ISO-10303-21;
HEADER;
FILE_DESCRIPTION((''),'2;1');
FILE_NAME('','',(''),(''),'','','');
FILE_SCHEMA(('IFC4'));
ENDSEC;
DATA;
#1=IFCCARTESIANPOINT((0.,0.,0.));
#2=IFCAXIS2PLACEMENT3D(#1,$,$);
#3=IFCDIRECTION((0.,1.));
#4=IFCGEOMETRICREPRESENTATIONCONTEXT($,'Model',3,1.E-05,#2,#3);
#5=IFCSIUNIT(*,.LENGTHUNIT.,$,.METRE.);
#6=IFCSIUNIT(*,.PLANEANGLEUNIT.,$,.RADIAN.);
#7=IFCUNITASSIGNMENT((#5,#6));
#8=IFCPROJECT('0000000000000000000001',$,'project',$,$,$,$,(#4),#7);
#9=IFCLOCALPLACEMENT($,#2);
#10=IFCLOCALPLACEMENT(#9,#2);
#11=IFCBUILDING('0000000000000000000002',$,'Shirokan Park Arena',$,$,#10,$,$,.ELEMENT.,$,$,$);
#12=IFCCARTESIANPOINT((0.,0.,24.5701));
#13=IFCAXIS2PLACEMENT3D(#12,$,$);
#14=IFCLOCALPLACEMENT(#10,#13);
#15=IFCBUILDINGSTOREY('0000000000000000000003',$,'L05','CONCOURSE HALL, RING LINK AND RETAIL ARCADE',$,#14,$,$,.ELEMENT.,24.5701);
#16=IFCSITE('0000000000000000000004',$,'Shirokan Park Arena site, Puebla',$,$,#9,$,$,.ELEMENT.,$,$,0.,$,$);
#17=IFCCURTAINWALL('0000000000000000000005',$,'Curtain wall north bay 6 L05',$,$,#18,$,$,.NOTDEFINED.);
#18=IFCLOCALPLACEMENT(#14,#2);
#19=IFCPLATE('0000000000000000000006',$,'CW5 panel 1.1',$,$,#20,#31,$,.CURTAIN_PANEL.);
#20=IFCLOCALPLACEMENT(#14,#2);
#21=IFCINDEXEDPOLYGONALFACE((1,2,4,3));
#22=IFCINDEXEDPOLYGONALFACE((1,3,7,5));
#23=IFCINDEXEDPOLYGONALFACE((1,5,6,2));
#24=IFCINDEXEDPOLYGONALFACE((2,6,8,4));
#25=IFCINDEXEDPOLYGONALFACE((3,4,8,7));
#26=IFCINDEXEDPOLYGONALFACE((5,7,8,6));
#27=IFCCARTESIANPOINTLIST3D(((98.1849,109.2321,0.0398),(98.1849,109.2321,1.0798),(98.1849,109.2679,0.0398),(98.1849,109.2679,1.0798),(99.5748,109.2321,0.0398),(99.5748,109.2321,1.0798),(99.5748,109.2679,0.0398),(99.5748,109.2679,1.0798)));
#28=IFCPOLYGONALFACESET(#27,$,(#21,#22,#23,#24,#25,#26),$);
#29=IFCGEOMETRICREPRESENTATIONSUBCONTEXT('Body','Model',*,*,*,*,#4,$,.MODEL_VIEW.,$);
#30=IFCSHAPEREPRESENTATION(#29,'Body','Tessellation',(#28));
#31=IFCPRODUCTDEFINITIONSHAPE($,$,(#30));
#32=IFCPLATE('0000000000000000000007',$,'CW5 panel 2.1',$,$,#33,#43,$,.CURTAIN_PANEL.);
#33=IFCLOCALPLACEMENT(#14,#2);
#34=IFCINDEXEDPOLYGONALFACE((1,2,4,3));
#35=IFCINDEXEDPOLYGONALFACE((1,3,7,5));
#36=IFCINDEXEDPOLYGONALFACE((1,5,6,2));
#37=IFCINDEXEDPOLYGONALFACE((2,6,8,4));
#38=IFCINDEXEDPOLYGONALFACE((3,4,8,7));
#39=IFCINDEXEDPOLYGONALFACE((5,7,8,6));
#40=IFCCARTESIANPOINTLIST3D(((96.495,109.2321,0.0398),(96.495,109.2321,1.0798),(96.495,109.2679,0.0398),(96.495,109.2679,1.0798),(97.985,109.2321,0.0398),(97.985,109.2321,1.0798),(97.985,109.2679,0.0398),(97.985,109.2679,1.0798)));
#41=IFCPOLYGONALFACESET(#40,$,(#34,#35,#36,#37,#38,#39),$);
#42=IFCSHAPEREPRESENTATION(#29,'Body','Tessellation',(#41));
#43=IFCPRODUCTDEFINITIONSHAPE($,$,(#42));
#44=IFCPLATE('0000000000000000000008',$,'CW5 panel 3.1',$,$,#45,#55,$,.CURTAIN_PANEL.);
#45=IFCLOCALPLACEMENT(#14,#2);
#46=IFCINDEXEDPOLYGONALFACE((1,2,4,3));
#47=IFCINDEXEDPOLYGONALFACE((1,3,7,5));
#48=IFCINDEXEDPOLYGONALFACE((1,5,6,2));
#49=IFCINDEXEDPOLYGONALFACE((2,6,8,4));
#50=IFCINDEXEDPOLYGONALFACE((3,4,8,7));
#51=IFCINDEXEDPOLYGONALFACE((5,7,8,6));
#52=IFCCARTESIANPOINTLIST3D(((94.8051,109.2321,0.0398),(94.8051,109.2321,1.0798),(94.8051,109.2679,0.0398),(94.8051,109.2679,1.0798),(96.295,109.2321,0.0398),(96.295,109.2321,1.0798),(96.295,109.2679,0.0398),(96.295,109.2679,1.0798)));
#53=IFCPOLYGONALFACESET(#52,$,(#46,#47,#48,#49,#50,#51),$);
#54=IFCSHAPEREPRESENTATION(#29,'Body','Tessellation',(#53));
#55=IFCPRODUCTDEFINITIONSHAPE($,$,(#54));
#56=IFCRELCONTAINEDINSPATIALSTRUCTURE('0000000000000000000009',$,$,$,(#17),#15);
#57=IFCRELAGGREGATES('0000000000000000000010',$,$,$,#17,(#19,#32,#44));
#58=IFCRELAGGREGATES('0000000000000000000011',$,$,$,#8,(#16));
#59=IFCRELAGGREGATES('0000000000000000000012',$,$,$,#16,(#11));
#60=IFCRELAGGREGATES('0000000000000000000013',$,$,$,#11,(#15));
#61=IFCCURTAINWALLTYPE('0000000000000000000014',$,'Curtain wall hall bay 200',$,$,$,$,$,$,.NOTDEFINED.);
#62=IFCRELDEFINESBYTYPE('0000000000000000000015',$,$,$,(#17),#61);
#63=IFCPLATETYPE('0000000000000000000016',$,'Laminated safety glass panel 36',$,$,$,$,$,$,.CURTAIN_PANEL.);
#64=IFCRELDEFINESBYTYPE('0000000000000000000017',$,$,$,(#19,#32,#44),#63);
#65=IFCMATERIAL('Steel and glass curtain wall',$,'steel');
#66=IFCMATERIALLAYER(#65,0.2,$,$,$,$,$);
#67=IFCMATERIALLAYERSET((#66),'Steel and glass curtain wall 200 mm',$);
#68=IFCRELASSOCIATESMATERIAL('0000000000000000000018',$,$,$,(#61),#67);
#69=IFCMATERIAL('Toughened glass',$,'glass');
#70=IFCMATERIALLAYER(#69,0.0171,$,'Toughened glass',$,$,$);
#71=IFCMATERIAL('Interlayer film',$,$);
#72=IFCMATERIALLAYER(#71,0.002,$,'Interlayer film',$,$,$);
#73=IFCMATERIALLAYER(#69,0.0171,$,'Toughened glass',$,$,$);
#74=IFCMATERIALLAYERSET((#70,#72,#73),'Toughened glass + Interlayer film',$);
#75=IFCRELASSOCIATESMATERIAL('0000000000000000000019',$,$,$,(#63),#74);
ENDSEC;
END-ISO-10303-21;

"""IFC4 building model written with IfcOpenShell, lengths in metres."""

from ifc_helpers import new_model, si_unit, direction, frame, origin, origin_2d, place, context, subcontext, project, spatial, rectangle, extrude, material, layer, layer_set, type_object, element, aggregate, save


model = new_model("IFC4")

# Units and contexts
model_context = context("Model", 3, precision=1e-05, world=origin(), true_north=direction((0.0, 1.0)))
body_context = subcontext(model_context, "Body", "Model", "MODEL_VIEW")
ifc_project = project(units=[si_unit("LENGTHUNIT", "METRE"), si_unit("PLANEANGLEUNIT", "RADIAN")], contexts=[model_context])

# Site, building, storey
site_placement = place(None, origin())
site = spatial("IfcSite", under=ifc_project, at=site_placement, Name="Shirokan Park Arena site, Puebla", CompositionType="ELEMENT", RefElevation=0.0)
building_placement = place(site_placement, origin())
building = spatial("IfcBuilding", under=site, at=building_placement, Name="Shirokan Park Arena", CompositionType="ELEMENT")
storey_placement = place(building_placement, frame((0.0, 0.0, 24.5701)))
storey = spatial("IfcBuildingStorey", under=building, at=storey_placement, Name="L05", Description="CONCOURSE HALL, RING LINK AND RETAIL ARCADE", CompositionType="ELEMENT", Elevation=24.5701)

# Curtain wall, plates
ifc_material_1 = material(Name="Steel and glass curtain wall", Category="steel")
ifc_layer_1 = layer(ifc_material_1, 0.2)
ifc_layer_set_1 = layer_set([ifc_layer_1], Name="Steel and glass curtain wall 200 mm")
curtain_wall_type = type_object("IfcCurtainWallType", Name="Curtain wall hall bay 200", PredefinedType="NOTDEFINED", material=ifc_layer_set_1)
curtain_wall_placement = place(storey_placement, origin())
curtain_wall = element("IfcCurtainWall", 1, at=curtain_wall_placement, inside=storey, type_object=curtain_wall_type, Name="Curtain wall north bay 6 L05", PredefinedType="NOTDEFINED")
ifc_material_2 = material(Name="Toughened glass", Category="glass")
ifc_material_3 = material(Name="Interlayer film")
ifc_layer_2 = layer(ifc_material_2, 0.0171, Name="Toughened glass")
ifc_layer_3 = layer(ifc_material_3, 0.002, Name="Interlayer film")
ifc_layer_4 = layer(ifc_material_2, 0.0171, Name="Toughened glass")
ifc_layer_set_2 = layer_set([ifc_layer_2, ifc_layer_3, ifc_layer_4], Name="Toughened glass + Interlayer film")
plate_type_1 = type_object("IfcPlateType", Name="Laminated safety glass panel 36", PredefinedType="CURTAIN_PANEL", material=ifc_layer_set_2)
plate_1_placement = place(storey_placement, frame((98.8799, 109.25, 0.0398), z_axis=(0.0, 0.0, 1.0), x_axis=(-1.0, 0.0, 0.0)))
plate_1 = element("IfcPlate", 2, at=plate_1_placement, type_object=plate_type_1, Name="CW5 panel 1.1", PredefinedType="CURTAIN_PANEL", context=body_context, shape_type="SweptSolid", body=[
    extrude(rectangle(XDim=1.3899, YDim=0.0359, at=origin_2d()), origin(), (0.0, 0.0, 1.0), 1.04),
])
plate_2_placement = place(storey_placement, frame((97.24, 109.25, 0.0398), z_axis=(0.0, 0.0, 1.0), x_axis=(-1.0, 0.0, 0.0)))
plate_2 = element("IfcPlate", 3, at=plate_2_placement, type_object=plate_type_1, Name="CW5 panel 2.1", PredefinedType="CURTAIN_PANEL", context=body_context, shape_type="SweptSolid", body=[
    extrude(rectangle(XDim=1.49, YDim=0.0359, at=origin_2d()), origin(), (0.0, 0.0, 1.0), 1.04),
])
plate_3_placement = place(storey_placement, frame((95.55, 109.25, 0.0398), z_axis=(0.0, 0.0, 1.0), x_axis=(-1.0, 0.0, 0.0)))
plate_3 = element("IfcPlate", 4, at=plate_3_placement, type_object=plate_type_1, Name="CW5 panel 3.1", PredefinedType="CURTAIN_PANEL", context=body_context, shape_type="SweptSolid", body=[
    extrude(rectangle(XDim=1.49, YDim=0.0359, at=origin_2d()), origin(), (0.0, 0.0, 1.0), 1.04),
])
aggregate(curtain_wall, [plate_1, plate_2, plate_3])

save(model, "model.ifc")
